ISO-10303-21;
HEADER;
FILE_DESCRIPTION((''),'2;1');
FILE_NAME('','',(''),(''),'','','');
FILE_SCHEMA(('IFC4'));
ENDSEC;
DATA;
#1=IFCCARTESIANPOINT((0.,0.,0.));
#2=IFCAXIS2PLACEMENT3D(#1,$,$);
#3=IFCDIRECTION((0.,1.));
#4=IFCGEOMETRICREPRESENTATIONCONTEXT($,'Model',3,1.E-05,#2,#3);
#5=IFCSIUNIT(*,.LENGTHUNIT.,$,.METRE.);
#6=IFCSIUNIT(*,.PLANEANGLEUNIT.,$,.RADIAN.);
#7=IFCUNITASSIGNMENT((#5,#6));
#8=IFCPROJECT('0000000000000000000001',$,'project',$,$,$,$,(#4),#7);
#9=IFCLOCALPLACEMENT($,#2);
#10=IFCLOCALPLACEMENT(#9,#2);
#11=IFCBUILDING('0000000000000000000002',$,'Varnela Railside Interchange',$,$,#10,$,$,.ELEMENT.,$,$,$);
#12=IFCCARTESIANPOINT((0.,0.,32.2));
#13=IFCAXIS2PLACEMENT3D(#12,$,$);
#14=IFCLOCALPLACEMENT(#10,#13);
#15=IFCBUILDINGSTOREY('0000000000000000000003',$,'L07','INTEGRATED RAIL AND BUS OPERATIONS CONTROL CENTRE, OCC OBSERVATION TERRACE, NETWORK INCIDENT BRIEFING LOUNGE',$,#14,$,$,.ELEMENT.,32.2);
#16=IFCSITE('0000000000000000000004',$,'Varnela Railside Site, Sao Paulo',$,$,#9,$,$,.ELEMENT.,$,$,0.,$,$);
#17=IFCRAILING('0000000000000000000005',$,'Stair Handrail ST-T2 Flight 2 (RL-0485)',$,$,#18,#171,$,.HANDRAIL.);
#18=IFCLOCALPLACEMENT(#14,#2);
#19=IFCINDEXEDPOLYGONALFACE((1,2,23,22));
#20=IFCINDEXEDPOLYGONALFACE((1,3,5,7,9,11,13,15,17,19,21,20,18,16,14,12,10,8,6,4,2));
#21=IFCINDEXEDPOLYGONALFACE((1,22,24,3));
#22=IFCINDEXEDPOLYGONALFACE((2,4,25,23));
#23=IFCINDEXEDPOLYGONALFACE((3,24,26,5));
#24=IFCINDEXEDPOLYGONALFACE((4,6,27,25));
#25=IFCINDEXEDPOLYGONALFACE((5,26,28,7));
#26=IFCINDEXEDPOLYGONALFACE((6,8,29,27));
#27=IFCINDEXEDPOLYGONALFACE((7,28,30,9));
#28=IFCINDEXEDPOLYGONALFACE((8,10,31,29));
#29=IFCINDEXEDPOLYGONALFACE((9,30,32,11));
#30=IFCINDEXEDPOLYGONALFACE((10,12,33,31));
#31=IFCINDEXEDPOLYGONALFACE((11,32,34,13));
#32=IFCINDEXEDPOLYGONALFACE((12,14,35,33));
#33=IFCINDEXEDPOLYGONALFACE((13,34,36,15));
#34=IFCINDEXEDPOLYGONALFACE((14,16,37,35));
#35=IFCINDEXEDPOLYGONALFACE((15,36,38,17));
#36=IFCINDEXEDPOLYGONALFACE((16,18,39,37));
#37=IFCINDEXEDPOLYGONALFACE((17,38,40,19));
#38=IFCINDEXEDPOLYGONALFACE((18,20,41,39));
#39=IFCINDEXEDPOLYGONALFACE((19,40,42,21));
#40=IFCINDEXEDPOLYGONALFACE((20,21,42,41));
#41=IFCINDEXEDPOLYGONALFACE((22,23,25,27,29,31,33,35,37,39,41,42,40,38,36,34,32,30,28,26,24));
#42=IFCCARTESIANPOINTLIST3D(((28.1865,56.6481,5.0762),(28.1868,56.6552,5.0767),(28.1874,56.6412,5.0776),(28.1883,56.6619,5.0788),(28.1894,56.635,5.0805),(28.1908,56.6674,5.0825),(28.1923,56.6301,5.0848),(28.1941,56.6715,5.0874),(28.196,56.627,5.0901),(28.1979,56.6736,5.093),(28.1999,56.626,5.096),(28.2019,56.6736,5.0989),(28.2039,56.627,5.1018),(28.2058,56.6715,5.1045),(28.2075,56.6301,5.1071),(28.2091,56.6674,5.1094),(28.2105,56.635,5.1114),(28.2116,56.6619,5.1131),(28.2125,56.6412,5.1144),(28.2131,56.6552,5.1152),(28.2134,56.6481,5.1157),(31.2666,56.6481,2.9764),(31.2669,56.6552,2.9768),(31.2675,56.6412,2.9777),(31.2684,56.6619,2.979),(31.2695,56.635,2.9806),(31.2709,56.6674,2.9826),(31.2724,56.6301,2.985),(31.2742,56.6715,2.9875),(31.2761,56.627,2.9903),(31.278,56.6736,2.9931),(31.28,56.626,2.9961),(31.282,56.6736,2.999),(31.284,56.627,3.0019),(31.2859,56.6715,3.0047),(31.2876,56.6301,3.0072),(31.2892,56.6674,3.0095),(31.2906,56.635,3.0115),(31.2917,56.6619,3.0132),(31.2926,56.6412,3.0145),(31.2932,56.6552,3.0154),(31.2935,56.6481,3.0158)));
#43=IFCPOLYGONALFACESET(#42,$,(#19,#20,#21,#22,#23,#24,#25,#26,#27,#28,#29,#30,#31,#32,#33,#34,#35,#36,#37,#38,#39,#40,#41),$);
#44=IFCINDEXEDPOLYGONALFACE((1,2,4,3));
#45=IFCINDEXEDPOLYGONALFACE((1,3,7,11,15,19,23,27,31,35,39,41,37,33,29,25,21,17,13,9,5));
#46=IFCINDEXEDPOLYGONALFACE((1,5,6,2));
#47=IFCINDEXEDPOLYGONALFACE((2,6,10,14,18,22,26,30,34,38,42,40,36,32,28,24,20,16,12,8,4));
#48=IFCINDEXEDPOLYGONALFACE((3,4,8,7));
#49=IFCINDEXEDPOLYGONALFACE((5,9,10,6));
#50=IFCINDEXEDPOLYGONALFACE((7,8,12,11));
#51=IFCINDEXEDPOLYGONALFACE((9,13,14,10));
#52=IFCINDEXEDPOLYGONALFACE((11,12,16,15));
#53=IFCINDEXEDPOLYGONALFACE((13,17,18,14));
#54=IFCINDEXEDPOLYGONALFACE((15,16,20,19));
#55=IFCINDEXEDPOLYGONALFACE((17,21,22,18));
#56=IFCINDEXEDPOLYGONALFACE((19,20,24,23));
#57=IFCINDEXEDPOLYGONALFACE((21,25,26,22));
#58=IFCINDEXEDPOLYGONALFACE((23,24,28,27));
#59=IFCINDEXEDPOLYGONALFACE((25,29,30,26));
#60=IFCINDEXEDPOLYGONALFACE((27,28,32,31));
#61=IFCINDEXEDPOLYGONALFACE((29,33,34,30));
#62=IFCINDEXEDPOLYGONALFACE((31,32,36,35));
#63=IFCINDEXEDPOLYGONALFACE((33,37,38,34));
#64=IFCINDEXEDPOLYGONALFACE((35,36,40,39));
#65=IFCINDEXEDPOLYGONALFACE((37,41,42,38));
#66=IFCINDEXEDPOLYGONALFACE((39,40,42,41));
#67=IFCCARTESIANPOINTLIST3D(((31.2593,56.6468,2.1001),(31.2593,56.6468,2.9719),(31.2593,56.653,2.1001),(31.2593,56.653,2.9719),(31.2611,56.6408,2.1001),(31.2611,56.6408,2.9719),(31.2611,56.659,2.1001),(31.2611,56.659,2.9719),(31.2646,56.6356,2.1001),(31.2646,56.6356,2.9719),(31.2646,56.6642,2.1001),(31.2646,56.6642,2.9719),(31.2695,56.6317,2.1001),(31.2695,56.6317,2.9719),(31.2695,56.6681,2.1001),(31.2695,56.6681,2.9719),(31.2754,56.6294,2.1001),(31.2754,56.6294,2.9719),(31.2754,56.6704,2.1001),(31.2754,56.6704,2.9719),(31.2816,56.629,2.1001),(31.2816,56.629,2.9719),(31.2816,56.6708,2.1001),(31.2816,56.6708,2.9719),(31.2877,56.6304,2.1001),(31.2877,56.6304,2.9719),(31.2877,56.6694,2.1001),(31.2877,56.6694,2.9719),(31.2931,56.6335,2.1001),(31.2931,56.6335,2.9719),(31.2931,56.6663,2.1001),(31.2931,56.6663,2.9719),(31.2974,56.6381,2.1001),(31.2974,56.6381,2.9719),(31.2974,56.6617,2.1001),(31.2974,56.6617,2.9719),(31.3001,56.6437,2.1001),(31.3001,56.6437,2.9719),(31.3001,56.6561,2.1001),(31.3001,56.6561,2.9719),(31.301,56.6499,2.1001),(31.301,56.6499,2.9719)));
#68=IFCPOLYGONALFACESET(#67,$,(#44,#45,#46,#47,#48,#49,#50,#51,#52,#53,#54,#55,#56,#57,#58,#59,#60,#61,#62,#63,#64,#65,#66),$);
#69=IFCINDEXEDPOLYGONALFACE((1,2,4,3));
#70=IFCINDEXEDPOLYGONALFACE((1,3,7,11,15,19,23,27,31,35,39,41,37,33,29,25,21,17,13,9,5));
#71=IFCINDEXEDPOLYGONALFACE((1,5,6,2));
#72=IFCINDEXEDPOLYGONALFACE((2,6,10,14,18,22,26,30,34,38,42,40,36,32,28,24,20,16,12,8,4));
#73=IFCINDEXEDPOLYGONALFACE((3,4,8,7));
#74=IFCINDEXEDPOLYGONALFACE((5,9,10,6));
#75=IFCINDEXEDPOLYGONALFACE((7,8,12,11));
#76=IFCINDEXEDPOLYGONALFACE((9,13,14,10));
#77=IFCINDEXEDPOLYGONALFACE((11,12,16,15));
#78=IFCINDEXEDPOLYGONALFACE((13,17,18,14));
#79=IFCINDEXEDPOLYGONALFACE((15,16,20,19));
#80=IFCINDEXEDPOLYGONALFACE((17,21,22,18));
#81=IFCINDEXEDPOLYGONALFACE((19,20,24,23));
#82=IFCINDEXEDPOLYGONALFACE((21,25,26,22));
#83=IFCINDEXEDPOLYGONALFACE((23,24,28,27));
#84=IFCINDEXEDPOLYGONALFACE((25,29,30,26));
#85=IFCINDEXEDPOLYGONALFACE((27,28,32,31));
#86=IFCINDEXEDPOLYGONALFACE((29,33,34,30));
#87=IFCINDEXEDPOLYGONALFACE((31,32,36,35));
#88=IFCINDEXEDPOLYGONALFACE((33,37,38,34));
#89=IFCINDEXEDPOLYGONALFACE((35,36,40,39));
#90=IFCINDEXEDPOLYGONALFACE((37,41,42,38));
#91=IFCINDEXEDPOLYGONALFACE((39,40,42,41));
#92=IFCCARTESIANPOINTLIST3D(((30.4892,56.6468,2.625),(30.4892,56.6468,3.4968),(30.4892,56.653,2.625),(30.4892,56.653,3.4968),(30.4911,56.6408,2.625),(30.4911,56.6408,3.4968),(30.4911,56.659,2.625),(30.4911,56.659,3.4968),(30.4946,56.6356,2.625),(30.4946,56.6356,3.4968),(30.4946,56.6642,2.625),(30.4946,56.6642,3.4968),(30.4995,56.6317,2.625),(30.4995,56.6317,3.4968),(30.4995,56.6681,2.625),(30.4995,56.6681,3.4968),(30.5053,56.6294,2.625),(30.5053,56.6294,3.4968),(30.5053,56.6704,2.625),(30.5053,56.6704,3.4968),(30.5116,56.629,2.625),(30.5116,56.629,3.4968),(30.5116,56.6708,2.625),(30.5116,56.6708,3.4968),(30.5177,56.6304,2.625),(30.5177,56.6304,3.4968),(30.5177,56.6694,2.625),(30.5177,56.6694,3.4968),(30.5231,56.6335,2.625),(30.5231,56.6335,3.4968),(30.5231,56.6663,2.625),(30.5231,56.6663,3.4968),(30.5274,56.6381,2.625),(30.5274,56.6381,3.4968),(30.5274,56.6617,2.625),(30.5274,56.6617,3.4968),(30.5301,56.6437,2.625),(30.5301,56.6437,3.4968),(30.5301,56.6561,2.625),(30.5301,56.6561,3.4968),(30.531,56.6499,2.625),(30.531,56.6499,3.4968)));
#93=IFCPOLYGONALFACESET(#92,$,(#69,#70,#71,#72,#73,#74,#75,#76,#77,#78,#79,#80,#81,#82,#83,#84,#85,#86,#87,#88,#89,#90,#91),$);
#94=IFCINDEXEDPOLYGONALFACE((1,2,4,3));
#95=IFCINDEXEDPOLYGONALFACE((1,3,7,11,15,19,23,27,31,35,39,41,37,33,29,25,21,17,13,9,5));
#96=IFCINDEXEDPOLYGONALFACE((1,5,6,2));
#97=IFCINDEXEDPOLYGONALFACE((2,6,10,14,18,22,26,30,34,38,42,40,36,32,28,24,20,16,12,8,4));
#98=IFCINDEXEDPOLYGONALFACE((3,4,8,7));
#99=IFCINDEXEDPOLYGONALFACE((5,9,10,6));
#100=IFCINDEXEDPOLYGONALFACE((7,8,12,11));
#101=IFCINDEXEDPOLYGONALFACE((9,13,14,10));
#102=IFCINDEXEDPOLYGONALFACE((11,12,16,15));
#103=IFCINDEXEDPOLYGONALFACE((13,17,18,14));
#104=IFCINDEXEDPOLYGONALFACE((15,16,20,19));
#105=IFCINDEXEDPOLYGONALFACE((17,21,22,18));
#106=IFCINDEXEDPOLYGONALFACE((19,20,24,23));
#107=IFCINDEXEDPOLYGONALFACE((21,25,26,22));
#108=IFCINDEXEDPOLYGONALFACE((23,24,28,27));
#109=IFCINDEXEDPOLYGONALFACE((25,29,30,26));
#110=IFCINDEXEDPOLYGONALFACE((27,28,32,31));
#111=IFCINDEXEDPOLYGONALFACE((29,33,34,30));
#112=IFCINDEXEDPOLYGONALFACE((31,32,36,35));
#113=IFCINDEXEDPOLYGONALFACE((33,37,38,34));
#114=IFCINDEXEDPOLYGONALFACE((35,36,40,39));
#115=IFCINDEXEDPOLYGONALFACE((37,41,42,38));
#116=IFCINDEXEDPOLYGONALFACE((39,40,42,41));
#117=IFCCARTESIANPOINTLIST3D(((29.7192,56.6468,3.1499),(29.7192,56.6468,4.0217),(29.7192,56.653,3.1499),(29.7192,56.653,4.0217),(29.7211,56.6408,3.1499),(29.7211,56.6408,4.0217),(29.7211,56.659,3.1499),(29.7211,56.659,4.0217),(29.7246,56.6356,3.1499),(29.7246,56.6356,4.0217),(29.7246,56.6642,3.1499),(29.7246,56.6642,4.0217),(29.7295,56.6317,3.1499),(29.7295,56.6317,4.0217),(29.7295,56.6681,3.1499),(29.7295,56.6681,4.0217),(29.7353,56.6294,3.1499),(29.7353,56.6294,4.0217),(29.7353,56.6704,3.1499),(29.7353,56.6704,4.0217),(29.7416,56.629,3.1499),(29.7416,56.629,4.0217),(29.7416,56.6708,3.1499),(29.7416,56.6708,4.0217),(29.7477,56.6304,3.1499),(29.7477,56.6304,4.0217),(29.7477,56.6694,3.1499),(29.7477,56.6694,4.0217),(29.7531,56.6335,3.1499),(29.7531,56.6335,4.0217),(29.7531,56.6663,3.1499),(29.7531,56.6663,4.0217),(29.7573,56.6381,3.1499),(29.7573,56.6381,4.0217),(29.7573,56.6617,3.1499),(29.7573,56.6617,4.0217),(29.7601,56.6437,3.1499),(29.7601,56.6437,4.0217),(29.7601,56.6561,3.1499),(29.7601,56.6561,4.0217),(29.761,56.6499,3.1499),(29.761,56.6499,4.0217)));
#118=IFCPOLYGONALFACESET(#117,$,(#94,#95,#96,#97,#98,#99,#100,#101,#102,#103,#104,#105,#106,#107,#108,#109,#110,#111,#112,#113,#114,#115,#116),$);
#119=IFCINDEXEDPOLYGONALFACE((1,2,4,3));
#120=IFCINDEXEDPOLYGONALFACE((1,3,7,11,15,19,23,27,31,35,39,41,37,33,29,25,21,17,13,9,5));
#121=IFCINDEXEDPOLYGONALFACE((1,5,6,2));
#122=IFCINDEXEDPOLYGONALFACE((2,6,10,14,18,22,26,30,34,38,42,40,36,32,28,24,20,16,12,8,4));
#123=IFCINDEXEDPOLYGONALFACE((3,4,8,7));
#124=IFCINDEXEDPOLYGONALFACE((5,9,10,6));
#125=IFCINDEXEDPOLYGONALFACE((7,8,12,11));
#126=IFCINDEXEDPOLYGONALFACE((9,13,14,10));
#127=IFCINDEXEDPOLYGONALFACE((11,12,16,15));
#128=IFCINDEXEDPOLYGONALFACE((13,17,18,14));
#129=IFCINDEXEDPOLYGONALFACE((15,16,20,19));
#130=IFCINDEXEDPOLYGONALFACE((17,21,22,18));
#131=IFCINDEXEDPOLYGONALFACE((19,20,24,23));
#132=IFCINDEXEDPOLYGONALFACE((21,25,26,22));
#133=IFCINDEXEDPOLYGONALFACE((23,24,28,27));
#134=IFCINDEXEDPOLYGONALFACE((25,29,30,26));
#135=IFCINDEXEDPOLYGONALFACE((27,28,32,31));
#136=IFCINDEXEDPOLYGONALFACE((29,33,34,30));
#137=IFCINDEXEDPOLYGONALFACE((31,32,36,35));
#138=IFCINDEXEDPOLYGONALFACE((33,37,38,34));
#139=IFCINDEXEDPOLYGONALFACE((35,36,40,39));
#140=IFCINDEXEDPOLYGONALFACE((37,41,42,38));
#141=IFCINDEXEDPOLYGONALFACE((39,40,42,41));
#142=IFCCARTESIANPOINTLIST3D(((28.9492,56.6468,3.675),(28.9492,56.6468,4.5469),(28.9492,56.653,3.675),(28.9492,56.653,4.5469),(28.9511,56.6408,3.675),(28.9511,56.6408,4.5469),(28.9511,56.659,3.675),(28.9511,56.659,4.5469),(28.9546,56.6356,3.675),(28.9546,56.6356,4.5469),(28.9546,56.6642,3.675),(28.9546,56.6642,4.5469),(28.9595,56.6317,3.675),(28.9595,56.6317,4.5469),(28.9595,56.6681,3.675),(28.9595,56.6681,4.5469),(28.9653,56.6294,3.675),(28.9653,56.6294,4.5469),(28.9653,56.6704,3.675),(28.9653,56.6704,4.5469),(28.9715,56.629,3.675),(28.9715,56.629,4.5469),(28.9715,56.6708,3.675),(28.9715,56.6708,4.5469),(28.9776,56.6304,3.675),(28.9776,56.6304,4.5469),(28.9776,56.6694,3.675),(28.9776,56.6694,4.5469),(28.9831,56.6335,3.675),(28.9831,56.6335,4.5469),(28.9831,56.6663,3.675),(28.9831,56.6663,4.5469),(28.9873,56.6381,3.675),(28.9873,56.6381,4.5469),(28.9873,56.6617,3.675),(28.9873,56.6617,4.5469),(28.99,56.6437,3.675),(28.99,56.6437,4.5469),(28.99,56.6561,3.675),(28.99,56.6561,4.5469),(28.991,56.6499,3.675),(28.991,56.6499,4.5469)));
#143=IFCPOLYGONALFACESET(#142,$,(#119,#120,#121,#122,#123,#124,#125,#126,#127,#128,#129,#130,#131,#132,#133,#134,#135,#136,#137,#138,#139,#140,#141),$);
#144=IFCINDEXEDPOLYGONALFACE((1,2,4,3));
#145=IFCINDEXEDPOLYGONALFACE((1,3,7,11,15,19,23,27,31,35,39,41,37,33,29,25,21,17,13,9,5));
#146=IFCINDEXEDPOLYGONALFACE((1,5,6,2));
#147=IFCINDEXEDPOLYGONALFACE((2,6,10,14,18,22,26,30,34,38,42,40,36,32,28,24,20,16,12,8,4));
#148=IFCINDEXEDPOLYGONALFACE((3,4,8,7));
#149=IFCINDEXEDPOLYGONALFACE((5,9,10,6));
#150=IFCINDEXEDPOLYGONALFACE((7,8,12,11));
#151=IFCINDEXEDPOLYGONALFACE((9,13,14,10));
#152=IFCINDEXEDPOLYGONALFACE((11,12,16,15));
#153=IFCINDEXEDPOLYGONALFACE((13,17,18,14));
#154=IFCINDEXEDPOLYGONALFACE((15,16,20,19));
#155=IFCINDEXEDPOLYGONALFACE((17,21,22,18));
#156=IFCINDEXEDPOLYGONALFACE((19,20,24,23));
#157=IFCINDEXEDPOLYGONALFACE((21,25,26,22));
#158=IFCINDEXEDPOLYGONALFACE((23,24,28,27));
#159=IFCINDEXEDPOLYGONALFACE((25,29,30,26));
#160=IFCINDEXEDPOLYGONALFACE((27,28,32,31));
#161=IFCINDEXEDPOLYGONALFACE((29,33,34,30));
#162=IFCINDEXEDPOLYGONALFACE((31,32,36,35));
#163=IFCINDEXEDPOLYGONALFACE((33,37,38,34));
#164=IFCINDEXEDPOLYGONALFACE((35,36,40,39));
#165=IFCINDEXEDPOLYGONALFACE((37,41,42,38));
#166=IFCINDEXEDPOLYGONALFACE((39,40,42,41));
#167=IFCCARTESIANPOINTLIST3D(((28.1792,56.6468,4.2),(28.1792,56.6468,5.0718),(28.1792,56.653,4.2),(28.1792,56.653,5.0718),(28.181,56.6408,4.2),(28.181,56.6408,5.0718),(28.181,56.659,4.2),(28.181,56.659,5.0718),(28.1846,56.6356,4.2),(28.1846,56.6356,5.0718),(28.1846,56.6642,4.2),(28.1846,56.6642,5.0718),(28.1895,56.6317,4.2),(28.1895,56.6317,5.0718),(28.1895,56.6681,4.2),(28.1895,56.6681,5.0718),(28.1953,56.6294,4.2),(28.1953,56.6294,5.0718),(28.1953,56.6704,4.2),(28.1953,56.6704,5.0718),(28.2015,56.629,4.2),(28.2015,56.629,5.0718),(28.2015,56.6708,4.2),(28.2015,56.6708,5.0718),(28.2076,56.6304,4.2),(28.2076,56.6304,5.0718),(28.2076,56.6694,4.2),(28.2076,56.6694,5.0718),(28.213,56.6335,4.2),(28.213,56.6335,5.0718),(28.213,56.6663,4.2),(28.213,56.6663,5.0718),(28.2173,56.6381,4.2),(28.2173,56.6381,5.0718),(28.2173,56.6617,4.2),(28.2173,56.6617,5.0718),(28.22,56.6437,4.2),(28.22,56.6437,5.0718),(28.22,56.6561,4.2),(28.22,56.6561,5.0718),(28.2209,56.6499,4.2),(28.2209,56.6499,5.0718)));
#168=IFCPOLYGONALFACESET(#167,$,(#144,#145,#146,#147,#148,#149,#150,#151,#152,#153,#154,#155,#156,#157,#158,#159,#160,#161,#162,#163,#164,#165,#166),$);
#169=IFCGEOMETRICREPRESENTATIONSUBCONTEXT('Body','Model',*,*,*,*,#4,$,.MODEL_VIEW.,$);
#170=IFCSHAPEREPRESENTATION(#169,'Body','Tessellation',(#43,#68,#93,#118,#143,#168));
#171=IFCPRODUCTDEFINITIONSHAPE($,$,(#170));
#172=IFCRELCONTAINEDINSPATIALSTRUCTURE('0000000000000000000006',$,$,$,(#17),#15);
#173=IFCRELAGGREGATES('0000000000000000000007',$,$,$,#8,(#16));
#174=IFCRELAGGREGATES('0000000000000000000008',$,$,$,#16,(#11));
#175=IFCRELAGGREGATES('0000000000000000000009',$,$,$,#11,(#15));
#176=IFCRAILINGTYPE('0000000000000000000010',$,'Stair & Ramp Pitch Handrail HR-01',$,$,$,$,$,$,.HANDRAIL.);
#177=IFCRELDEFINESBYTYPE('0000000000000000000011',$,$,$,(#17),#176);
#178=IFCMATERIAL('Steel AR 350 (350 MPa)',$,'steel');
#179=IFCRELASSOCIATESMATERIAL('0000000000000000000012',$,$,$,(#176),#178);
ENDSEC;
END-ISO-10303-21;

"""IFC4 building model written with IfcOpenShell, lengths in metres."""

from ifc_helpers import new_model, si_unit, direction, frame, origin, origin_2d, place, context, subcontext, project, spatial, circle, extrude, material, type_object, element, save


model = new_model("IFC4")

# Units and contexts
model_context = context("Model", 3, precision=1e-05, world=origin(), true_north=direction((0.0, 1.0)))
body_context = subcontext(model_context, "Body", "Model", "MODEL_VIEW")
ifc_project = project(units=[si_unit("LENGTHUNIT", "METRE"), si_unit("PLANEANGLEUNIT", "RADIAN")], contexts=[model_context])

# Site, building, storey
site_placement = place(None, origin())
site = spatial("IfcSite", under=ifc_project, at=site_placement, Name="Varnela Railside Site, Sao Paulo", CompositionType="ELEMENT", RefElevation=0.0)
building_placement = place(site_placement, origin())
building = spatial("IfcBuilding", under=site, at=building_placement, Name="Varnela Railside Interchange", CompositionType="ELEMENT")
storey_placement = place(building_placement, frame((0.0, 0.0, 32.2)))
storey = spatial("IfcBuildingStorey", under=building, at=storey_placement, Name="L07", Description="INTEGRATED RAIL AND BUS OPERATIONS CONTROL CENTRE, OCC OBSERVATION TERRACE, NETWORK INCIDENT BRIEFING LOUNGE", CompositionType="ELEMENT", Elevation=32.2)

# Shared definitions
ifc_material_1 = material(Name="Steel AR 350 (350 MPa)", Category="steel")

# Railing
railing_type_1 = type_object("IfcRailingType", Name="Stair & Ramp Pitch Handrail HR-01", PredefinedType="HANDRAIL", material=ifc_material_1)
railing_1_placement = place(storey_placement, frame((31.28, 56.6499, 2.1001)))
element("IfcRailing", 1, at=railing_1_placement, inside=storey, type_object=railing_type_1, Name="Stair Handrail ST-T2 Flight 2 (RL-0485)", PredefinedType="HANDRAIL", context=body_context, shape_type="SweptSolid", body=[
    extrude(circle(Radius=0.0239, at=origin_2d()), frame((0.0, 0.0, 0.896), z_axis=(-0.826252, 0.0, 0.5633), x_axis=(0.0, -1.0, 0.0)), (0.0, 0.0, 1.0), 3.7278),
    extrude(circle(Radius=0.021, at=origin_2d()), origin(), (0.0, 0.0, 1.0), 0.8718),
    extrude(circle(Radius=0.021, at=origin_2d()), frame((-0.77, 0.0, 0.5249)), (0.0, 0.0, 1.0), 0.8718),
    extrude(circle(Radius=0.021, at=origin_2d()), frame((-1.54, 0.0, 1.0498)), (0.0, 0.0, 1.0), 0.8718),
    extrude(circle(Radius=0.021, at=origin_2d()), frame((-2.3101, 0.0, 1.575)), (0.0, 0.0, 1.0), 0.8718),
    extrude(circle(Radius=0.021, at=origin_2d()), frame((-3.0801, 0.0, 2.0999)), (0.0, 0.0, 1.0), 0.8718),
])

save(model, "model.ifc")
